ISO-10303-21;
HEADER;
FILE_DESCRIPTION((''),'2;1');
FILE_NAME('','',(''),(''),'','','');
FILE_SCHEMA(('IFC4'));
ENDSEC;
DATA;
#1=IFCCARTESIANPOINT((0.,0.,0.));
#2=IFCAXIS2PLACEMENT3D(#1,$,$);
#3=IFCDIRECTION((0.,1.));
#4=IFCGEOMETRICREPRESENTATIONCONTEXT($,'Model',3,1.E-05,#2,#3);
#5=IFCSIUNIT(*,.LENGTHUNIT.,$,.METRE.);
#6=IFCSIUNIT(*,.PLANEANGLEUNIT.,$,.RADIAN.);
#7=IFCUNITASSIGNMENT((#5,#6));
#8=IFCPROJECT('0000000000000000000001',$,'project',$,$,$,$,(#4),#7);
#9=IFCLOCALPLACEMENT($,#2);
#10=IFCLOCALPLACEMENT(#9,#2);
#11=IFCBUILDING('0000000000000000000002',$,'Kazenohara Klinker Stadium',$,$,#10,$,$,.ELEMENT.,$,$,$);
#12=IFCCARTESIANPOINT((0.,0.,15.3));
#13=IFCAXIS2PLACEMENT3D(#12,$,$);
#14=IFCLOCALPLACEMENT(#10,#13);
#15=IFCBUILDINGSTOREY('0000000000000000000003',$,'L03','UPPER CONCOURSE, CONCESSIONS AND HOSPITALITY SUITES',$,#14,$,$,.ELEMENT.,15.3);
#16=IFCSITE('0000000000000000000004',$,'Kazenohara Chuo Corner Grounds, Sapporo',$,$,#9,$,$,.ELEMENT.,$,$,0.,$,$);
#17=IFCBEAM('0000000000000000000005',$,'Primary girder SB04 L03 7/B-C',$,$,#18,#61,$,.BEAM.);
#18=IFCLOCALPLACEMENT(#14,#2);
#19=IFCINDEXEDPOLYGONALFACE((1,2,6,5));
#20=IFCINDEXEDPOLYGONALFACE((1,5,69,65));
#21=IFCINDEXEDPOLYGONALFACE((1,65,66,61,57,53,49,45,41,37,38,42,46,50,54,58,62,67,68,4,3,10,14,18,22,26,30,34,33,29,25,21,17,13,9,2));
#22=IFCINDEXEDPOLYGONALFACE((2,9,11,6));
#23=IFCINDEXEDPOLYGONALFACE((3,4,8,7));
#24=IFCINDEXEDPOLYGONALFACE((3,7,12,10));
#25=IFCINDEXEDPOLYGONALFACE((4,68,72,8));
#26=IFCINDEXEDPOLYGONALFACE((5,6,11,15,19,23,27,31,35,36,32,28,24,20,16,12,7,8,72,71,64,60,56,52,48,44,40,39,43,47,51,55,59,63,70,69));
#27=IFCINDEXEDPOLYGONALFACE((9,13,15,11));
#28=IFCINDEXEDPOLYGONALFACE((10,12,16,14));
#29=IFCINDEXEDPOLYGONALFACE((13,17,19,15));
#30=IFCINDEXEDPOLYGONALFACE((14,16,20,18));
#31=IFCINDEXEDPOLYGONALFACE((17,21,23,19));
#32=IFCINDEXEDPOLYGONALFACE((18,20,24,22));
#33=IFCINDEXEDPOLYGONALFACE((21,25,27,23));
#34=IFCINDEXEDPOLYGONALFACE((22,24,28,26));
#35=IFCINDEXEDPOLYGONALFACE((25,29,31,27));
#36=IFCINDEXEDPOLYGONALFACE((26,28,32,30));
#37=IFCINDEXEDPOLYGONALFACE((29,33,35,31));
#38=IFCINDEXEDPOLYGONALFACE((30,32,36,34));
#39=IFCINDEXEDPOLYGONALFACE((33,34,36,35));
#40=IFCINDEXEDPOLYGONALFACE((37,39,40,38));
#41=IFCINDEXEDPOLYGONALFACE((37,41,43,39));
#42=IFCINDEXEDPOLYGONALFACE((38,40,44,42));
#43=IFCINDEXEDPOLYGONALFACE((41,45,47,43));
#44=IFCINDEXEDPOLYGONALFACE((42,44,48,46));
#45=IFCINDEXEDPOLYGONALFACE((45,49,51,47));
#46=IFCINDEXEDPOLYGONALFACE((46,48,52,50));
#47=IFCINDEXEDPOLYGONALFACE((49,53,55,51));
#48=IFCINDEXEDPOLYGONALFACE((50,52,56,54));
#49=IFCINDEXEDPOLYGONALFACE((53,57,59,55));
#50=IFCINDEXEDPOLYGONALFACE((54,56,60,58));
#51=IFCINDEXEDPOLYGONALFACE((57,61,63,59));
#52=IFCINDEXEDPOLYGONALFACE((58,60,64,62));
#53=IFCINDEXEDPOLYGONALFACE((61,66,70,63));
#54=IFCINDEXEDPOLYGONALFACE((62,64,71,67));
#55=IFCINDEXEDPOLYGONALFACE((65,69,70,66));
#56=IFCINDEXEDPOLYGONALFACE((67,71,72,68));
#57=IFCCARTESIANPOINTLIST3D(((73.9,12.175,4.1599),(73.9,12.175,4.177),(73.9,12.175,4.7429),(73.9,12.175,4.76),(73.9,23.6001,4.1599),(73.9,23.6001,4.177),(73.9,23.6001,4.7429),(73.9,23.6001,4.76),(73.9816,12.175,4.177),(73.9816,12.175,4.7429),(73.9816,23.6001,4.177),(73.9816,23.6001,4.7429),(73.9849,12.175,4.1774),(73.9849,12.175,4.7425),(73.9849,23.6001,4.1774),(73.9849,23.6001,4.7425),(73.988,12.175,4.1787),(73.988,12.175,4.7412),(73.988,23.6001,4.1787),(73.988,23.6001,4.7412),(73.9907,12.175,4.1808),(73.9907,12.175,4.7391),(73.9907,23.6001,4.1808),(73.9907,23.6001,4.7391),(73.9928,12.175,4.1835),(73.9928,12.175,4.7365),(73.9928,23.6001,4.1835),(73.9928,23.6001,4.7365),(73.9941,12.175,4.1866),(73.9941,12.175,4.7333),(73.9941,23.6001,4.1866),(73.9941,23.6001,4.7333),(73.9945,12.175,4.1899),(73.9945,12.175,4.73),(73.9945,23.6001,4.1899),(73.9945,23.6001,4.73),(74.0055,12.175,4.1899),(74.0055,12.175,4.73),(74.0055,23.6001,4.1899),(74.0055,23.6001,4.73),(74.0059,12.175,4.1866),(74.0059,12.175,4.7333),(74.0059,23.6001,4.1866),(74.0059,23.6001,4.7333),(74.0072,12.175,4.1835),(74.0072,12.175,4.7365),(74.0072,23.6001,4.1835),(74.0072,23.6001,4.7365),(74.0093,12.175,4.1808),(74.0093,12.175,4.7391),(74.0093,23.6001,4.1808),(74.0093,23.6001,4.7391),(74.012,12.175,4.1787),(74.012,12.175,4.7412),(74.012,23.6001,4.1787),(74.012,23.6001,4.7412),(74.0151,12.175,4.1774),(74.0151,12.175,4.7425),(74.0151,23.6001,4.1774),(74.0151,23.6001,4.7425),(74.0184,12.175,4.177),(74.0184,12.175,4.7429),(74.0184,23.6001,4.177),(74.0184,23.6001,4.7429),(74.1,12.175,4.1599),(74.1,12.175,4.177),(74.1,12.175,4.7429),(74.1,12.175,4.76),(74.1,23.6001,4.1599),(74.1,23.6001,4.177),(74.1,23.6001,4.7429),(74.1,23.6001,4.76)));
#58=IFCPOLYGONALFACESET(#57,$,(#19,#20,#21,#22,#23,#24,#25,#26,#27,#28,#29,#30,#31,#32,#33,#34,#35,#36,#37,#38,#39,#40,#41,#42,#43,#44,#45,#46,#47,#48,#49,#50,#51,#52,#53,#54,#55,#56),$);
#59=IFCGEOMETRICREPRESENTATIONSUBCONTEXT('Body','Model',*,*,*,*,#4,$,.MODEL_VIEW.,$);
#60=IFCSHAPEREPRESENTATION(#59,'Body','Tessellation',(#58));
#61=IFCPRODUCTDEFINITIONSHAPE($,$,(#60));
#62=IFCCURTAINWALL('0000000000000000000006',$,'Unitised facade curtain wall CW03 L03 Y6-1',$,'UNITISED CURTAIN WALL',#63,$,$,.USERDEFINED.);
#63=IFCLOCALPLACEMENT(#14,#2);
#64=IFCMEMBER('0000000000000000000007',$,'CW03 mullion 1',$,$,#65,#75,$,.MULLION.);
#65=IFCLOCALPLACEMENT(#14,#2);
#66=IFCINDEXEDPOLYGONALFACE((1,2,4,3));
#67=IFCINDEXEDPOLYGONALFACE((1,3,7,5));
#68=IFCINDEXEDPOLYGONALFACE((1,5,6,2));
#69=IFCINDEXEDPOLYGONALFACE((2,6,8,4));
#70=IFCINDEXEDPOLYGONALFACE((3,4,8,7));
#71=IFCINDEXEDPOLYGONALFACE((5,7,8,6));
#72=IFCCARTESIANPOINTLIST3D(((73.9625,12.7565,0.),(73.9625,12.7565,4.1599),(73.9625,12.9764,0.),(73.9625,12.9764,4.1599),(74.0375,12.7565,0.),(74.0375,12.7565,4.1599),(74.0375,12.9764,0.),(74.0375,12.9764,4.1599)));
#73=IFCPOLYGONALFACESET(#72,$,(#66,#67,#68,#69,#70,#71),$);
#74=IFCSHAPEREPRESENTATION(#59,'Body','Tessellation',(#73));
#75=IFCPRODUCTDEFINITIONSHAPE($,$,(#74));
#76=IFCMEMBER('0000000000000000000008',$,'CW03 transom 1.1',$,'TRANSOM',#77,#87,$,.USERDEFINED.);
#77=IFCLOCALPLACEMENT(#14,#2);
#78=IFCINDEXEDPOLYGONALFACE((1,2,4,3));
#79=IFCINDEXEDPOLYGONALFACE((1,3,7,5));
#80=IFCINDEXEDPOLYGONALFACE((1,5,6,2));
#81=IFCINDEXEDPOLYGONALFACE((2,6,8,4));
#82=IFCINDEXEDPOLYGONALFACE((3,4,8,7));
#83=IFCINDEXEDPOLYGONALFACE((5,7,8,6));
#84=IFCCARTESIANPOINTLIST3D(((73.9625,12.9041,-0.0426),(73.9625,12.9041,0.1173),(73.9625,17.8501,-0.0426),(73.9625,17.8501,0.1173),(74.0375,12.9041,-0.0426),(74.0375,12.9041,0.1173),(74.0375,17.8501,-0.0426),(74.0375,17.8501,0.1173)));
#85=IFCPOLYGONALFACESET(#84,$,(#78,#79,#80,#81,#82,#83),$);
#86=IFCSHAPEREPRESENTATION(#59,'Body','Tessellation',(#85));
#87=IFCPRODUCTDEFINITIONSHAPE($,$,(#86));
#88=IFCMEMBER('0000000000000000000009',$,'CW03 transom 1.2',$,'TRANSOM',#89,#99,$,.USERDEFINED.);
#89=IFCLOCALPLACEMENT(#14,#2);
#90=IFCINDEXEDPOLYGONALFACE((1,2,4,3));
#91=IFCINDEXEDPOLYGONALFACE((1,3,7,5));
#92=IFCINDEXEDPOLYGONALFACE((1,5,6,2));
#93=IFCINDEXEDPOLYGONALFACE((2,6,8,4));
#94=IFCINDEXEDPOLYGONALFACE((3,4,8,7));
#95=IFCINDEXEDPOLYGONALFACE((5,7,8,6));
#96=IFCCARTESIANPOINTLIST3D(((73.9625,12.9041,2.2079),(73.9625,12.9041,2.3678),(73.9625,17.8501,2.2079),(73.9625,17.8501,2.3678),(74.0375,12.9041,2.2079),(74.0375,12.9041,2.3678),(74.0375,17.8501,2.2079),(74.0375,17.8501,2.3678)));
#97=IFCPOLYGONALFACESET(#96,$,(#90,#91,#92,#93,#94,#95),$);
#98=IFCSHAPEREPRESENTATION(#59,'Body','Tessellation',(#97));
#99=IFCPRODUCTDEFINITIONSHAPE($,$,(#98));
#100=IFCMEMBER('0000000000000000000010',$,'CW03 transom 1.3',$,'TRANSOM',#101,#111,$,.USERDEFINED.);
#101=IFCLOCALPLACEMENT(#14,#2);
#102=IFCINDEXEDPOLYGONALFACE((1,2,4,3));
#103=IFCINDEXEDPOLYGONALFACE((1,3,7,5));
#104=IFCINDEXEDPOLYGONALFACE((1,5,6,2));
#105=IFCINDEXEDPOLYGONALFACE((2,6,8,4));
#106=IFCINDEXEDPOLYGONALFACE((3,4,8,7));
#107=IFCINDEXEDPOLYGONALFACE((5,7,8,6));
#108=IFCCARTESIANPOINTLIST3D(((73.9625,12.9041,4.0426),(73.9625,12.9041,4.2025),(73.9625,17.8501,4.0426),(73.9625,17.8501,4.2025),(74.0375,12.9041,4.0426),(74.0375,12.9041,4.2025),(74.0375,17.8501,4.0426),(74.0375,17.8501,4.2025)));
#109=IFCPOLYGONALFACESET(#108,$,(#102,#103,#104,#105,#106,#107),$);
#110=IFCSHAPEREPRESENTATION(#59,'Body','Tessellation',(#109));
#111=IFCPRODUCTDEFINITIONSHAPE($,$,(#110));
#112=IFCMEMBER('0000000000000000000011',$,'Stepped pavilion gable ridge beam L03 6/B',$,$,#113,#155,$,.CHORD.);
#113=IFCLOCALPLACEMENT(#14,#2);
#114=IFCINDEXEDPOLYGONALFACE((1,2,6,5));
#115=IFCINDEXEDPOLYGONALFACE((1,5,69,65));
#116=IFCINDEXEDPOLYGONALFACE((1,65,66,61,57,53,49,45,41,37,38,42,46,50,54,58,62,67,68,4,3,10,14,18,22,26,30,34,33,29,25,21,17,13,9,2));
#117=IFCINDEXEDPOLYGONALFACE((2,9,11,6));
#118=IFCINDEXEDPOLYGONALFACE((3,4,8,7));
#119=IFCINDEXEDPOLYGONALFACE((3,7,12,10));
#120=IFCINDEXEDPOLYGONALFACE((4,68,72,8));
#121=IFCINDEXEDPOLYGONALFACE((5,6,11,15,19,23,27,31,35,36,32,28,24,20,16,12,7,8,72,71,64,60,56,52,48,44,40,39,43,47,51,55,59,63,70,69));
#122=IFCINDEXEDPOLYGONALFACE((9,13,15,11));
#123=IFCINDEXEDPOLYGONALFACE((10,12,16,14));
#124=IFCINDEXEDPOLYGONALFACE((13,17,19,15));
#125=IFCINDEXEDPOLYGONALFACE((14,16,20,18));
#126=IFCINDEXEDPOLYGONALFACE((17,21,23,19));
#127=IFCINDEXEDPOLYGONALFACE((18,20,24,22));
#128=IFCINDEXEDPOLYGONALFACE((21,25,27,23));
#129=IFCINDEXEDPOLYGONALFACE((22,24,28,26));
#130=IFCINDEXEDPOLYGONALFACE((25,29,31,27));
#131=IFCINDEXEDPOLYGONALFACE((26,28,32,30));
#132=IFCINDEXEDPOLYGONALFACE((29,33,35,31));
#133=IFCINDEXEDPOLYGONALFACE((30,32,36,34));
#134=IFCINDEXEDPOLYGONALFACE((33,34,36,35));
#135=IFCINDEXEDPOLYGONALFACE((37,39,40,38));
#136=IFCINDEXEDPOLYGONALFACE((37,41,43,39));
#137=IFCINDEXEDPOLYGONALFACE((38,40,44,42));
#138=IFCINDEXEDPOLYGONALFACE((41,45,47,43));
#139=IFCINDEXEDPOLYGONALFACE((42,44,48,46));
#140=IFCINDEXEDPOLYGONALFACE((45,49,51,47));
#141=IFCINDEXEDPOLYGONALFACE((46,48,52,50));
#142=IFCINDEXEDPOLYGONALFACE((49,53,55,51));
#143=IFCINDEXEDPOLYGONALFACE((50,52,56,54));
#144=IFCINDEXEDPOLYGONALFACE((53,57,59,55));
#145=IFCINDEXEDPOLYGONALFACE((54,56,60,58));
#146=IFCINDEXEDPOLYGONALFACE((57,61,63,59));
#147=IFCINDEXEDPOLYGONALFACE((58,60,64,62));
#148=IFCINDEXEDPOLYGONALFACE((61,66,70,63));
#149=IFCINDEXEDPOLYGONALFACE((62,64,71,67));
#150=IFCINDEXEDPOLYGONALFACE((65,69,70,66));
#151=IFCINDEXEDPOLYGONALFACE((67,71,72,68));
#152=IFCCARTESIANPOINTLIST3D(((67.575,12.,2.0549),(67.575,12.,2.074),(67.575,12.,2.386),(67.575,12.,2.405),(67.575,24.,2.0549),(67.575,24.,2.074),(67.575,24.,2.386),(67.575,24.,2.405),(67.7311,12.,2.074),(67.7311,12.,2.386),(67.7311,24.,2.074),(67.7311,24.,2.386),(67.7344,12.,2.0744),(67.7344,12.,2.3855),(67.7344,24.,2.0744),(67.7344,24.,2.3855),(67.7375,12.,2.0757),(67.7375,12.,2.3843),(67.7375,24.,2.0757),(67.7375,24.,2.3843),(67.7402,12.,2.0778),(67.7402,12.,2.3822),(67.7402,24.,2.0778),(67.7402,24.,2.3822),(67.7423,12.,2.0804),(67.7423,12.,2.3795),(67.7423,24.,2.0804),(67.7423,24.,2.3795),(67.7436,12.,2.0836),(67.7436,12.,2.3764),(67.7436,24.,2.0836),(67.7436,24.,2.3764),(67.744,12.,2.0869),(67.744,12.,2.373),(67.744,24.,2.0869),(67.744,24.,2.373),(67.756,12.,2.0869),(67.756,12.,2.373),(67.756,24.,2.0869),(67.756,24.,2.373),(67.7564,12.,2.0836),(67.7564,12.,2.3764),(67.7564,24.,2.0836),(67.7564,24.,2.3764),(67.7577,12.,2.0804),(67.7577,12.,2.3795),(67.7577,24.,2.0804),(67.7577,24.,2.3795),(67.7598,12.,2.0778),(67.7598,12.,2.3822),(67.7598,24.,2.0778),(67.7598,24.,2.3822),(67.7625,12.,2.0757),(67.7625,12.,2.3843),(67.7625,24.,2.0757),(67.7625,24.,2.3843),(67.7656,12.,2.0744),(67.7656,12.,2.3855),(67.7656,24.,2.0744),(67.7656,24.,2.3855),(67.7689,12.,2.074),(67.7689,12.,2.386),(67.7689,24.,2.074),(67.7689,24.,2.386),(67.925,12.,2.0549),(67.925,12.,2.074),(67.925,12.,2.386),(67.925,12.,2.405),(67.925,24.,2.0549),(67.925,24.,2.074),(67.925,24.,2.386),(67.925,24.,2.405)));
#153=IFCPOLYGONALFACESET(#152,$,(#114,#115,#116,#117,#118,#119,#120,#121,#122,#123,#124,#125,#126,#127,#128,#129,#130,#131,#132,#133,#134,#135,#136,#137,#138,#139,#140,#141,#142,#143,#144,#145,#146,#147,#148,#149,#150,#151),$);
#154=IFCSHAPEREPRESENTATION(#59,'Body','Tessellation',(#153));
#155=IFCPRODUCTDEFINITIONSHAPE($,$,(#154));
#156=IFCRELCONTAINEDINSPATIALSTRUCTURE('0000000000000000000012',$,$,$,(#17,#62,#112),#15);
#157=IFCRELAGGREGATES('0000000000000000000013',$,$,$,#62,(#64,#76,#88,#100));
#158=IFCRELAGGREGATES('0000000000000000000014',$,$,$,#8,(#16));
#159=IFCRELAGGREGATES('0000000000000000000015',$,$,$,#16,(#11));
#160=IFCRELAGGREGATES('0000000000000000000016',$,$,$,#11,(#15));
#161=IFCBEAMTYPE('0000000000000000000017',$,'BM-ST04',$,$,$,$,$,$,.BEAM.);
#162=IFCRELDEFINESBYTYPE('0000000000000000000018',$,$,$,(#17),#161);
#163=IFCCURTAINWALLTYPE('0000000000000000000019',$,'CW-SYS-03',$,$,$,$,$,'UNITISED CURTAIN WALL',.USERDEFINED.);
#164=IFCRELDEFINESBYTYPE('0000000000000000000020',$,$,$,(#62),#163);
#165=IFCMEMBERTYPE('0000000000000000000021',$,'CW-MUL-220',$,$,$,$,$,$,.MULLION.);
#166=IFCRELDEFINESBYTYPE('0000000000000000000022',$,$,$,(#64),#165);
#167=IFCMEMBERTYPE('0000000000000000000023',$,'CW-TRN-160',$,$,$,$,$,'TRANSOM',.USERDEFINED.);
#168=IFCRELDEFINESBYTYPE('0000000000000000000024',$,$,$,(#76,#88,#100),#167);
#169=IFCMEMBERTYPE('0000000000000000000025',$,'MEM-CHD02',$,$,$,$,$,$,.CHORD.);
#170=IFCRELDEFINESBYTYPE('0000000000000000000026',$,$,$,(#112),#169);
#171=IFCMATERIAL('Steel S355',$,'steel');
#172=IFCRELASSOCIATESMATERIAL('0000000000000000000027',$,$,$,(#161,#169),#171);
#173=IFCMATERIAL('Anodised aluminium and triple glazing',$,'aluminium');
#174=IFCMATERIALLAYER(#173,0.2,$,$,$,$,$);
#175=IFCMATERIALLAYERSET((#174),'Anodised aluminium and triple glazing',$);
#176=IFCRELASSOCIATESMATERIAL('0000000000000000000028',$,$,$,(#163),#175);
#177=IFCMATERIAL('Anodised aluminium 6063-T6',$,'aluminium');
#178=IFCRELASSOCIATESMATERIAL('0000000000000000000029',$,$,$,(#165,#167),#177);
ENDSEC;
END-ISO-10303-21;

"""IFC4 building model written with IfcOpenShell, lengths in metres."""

from ifc_helpers import new_model, si_unit, direction, frame, origin, origin_2d, place, context, subcontext, project, spatial, rectangle, i_section, extrude, material, layer, layer_set, material_profile, profile_set, type_object, element, aggregate, save


model = new_model("IFC4")

# Units and contexts
model_context = context("Model", 3, precision=1e-05, world=origin(), true_north=direction((0.0, 1.0)))
body_context = subcontext(model_context, "Body", "Model", "MODEL_VIEW")
ifc_project = project(units=[si_unit("LENGTHUNIT", "METRE"), si_unit("PLANEANGLEUNIT", "RADIAN")], contexts=[model_context])

# Site, building, storey
site_placement = place(None, origin())
site = spatial("IfcSite", under=ifc_project, at=site_placement, Name="Kazenohara Chuo Corner Grounds, Sapporo", CompositionType="ELEMENT", RefElevation=0.0)
building_placement = place(site_placement, origin())
building = spatial("IfcBuilding", under=site, at=building_placement, Name="Kazenohara Klinker Stadium", CompositionType="ELEMENT")
storey_placement = place(building_placement, frame((0.0, 0.0, 15.3)))
storey = spatial("IfcBuildingStorey", under=building, at=storey_placement, Name="L03", Description="UPPER CONCOURSE, CONCESSIONS AND HOSPITALITY SUITES", CompositionType="ELEMENT", Elevation=15.3)

# Shared definitions
ifc_material_1 = material(Name="Steel S355", Category="steel")

# Beam
ifc_material_profile_1 = material_profile(ifc_material_1, i_section(OverallWidth=0.2, OverallDepth=0.6001, WebThickness=0.011, FlangeThickness=0.0171, FilletRadius=0.0129, at=origin_2d()), Name="H-600x200x11x17")
ifc_profile_set_1 = profile_set([ifc_material_profile_1], Name="Steel S355")
beam_type = type_object("IfcBeamType", Name="BM-ST04", PredefinedType="BEAM", material=ifc_profile_set_1)
beam_1_placement = place(storey_placement, frame((74.0, 12.175, 4.46), z_axis=(0.0, 1.0, 0.0), x_axis=(-1.0, 0.0, 0.0)))
element("IfcBeam", 1, at=beam_1_placement, inside=storey, type_object=beam_type, Name="Primary girder SB04 L03 7/B-C", PredefinedType="BEAM", context=body_context, shape_type="SweptSolid", body=[
    extrude(i_section(OverallWidth=0.2, OverallDepth=0.6001, WebThickness=0.011, FlangeThickness=0.0171, FilletRadius=0.0129, at=origin_2d()), origin(), (0.0, 0.0, 1.0), 11.425),
])

# Curtain wall, members
ifc_material_2 = material(Name="Anodised aluminium and triple glazing", Category="aluminium")
ifc_layer_1 = layer(ifc_material_2, 0.2)
ifc_layer_set_1 = layer_set([ifc_layer_1], Name="Anodised aluminium and triple glazing")
curtain_wall_type = type_object("IfcCurtainWallType", Name="CW-SYS-03", ElementType="UNITISED CURTAIN WALL", PredefinedType="USERDEFINED", material=ifc_layer_set_1)
curtain_wall_placement = place(storey_placement, origin())
curtain_wall = element("IfcCurtainWall", 2, at=curtain_wall_placement, inside=storey, type_object=curtain_wall_type, Name="Unitised facade curtain wall CW03 L03 Y6-1", ObjectType="UNITISED CURTAIN WALL", PredefinedType="USERDEFINED")
ifc_material_3 = material(Name="Anodised aluminium 6063-T6", Category="aluminium")
ifc_material_profile_2 = material_profile(ifc_material_3, rectangle(XDim=0.075, YDim=0.22, at=origin_2d()), Name="ALU-MUL-75x220")
ifc_profile_set_2 = profile_set([ifc_material_profile_2], Name="Anodised aluminium 6063-T6")
member_type_1 = type_object("IfcMemberType", Name="CW-MUL-220", PredefinedType="MULLION", material=ifc_profile_set_2)
member_1_placement = place(storey_placement, frame((74.0, 12.8665, 0.0), z_axis=(0.0, 0.0, 1.0), x_axis=(-1.0, 0.0, 0.0)))
member_1 = element("IfcMember", 3, at=member_1_placement, type_object=member_type_1, Name="CW03 mullion 1", PredefinedType="MULLION", context=body_context, shape_type="SweptSolid", body=[
    extrude(rectangle(XDim=0.075, YDim=0.22, at=origin_2d()), origin(), (0.0, 0.0, 1.0), 4.1599),
])
ifc_material_profile_3 = material_profile(ifc_material_3, rectangle(XDim=0.075, YDim=0.1599, at=origin_2d()), Name="ALU-TRN-75x160")
ifc_profile_set_3 = profile_set([ifc_material_profile_3], Name="Anodised aluminium 6063-T6")
member_type_2 = type_object("IfcMemberType", Name="CW-TRN-160", ElementType="TRANSOM", PredefinedType="USERDEFINED", material=ifc_profile_set_3)
member_2_placement = place(storey_placement, frame((74.0, 12.9041, 0.0374), z_axis=(0.0, 1.0, 0.0), x_axis=(-1.0, 0.0, 0.0)))
member_2 = element("IfcMember", 4, at=member_2_placement, type_object=member_type_2, Name="CW03 transom 1.1", ObjectType="TRANSOM", PredefinedType="USERDEFINED", context=body_context, shape_type="SweptSolid", body=[
    extrude(rectangle(XDim=0.075, YDim=0.1599, at=origin_2d()), origin(), (0.0, 0.0, 1.0), 4.946),
])
member_3_placement = place(storey_placement, frame((74.0, 12.9041, 2.2878), z_axis=(0.0, 1.0, 0.0), x_axis=(-1.0, 0.0, 0.0)))
member_3 = element("IfcMember", 5, at=member_3_placement, type_object=member_type_2, Name="CW03 transom 1.2", ObjectType="TRANSOM", PredefinedType="USERDEFINED", context=body_context, shape_type="SweptSolid", body=[
    extrude(rectangle(XDim=0.075, YDim=0.1599, at=origin_2d()), origin(), (0.0, 0.0, 1.0), 4.946),
])
member_4_placement = place(storey_placement, frame((74.0, 12.9041, 4.1226), z_axis=(0.0, 1.0, 0.0), x_axis=(-1.0, 0.0, 0.0)))
member_4 = element("IfcMember", 6, at=member_4_placement, type_object=member_type_2, Name="CW03 transom 1.3", ObjectType="TRANSOM", PredefinedType="USERDEFINED", context=body_context, shape_type="SweptSolid", body=[
    extrude(rectangle(XDim=0.075, YDim=0.1599, at=origin_2d()), origin(), (0.0, 0.0, 1.0), 4.946),
])

# Member
ifc_material_profile_4 = material_profile(ifc_material_1, i_section(OverallWidth=0.3501, OverallDepth=0.3501, WebThickness=0.012, FlangeThickness=0.019, FilletRadius=0.0129, at=origin_2d()), Name="H-350x350x12x19")
ifc_profile_set_4 = profile_set([ifc_material_profile_4], Name="Steel S355")
member_type_3 = type_object("IfcMemberType", Name="MEM-CHD02", PredefinedType="CHORD", material=ifc_profile_set_4)
member_5_placement = place(storey_placement, frame((67.75, 12.0, 2.23), z_axis=(0.0, 1.0, 0.0), x_axis=(-1.0, 0.0, 0.0)))
element("IfcMember", 7, at=member_5_placement, inside=storey, type_object=member_type_3, Name="Stepped pavilion gable ridge beam L03 6/B", PredefinedType="CHORD", context=body_context, shape_type="SweptSolid", body=[
    extrude(i_section(OverallWidth=0.3501, OverallDepth=0.3501, WebThickness=0.012, FlangeThickness=0.019, FilletRadius=0.0129, at=origin_2d()), origin(), (0.0, 0.0, 1.0), 12.0),
])

aggregate(curtain_wall, [member_1, member_2, member_3, member_4])

save(model, "model.ifc")
